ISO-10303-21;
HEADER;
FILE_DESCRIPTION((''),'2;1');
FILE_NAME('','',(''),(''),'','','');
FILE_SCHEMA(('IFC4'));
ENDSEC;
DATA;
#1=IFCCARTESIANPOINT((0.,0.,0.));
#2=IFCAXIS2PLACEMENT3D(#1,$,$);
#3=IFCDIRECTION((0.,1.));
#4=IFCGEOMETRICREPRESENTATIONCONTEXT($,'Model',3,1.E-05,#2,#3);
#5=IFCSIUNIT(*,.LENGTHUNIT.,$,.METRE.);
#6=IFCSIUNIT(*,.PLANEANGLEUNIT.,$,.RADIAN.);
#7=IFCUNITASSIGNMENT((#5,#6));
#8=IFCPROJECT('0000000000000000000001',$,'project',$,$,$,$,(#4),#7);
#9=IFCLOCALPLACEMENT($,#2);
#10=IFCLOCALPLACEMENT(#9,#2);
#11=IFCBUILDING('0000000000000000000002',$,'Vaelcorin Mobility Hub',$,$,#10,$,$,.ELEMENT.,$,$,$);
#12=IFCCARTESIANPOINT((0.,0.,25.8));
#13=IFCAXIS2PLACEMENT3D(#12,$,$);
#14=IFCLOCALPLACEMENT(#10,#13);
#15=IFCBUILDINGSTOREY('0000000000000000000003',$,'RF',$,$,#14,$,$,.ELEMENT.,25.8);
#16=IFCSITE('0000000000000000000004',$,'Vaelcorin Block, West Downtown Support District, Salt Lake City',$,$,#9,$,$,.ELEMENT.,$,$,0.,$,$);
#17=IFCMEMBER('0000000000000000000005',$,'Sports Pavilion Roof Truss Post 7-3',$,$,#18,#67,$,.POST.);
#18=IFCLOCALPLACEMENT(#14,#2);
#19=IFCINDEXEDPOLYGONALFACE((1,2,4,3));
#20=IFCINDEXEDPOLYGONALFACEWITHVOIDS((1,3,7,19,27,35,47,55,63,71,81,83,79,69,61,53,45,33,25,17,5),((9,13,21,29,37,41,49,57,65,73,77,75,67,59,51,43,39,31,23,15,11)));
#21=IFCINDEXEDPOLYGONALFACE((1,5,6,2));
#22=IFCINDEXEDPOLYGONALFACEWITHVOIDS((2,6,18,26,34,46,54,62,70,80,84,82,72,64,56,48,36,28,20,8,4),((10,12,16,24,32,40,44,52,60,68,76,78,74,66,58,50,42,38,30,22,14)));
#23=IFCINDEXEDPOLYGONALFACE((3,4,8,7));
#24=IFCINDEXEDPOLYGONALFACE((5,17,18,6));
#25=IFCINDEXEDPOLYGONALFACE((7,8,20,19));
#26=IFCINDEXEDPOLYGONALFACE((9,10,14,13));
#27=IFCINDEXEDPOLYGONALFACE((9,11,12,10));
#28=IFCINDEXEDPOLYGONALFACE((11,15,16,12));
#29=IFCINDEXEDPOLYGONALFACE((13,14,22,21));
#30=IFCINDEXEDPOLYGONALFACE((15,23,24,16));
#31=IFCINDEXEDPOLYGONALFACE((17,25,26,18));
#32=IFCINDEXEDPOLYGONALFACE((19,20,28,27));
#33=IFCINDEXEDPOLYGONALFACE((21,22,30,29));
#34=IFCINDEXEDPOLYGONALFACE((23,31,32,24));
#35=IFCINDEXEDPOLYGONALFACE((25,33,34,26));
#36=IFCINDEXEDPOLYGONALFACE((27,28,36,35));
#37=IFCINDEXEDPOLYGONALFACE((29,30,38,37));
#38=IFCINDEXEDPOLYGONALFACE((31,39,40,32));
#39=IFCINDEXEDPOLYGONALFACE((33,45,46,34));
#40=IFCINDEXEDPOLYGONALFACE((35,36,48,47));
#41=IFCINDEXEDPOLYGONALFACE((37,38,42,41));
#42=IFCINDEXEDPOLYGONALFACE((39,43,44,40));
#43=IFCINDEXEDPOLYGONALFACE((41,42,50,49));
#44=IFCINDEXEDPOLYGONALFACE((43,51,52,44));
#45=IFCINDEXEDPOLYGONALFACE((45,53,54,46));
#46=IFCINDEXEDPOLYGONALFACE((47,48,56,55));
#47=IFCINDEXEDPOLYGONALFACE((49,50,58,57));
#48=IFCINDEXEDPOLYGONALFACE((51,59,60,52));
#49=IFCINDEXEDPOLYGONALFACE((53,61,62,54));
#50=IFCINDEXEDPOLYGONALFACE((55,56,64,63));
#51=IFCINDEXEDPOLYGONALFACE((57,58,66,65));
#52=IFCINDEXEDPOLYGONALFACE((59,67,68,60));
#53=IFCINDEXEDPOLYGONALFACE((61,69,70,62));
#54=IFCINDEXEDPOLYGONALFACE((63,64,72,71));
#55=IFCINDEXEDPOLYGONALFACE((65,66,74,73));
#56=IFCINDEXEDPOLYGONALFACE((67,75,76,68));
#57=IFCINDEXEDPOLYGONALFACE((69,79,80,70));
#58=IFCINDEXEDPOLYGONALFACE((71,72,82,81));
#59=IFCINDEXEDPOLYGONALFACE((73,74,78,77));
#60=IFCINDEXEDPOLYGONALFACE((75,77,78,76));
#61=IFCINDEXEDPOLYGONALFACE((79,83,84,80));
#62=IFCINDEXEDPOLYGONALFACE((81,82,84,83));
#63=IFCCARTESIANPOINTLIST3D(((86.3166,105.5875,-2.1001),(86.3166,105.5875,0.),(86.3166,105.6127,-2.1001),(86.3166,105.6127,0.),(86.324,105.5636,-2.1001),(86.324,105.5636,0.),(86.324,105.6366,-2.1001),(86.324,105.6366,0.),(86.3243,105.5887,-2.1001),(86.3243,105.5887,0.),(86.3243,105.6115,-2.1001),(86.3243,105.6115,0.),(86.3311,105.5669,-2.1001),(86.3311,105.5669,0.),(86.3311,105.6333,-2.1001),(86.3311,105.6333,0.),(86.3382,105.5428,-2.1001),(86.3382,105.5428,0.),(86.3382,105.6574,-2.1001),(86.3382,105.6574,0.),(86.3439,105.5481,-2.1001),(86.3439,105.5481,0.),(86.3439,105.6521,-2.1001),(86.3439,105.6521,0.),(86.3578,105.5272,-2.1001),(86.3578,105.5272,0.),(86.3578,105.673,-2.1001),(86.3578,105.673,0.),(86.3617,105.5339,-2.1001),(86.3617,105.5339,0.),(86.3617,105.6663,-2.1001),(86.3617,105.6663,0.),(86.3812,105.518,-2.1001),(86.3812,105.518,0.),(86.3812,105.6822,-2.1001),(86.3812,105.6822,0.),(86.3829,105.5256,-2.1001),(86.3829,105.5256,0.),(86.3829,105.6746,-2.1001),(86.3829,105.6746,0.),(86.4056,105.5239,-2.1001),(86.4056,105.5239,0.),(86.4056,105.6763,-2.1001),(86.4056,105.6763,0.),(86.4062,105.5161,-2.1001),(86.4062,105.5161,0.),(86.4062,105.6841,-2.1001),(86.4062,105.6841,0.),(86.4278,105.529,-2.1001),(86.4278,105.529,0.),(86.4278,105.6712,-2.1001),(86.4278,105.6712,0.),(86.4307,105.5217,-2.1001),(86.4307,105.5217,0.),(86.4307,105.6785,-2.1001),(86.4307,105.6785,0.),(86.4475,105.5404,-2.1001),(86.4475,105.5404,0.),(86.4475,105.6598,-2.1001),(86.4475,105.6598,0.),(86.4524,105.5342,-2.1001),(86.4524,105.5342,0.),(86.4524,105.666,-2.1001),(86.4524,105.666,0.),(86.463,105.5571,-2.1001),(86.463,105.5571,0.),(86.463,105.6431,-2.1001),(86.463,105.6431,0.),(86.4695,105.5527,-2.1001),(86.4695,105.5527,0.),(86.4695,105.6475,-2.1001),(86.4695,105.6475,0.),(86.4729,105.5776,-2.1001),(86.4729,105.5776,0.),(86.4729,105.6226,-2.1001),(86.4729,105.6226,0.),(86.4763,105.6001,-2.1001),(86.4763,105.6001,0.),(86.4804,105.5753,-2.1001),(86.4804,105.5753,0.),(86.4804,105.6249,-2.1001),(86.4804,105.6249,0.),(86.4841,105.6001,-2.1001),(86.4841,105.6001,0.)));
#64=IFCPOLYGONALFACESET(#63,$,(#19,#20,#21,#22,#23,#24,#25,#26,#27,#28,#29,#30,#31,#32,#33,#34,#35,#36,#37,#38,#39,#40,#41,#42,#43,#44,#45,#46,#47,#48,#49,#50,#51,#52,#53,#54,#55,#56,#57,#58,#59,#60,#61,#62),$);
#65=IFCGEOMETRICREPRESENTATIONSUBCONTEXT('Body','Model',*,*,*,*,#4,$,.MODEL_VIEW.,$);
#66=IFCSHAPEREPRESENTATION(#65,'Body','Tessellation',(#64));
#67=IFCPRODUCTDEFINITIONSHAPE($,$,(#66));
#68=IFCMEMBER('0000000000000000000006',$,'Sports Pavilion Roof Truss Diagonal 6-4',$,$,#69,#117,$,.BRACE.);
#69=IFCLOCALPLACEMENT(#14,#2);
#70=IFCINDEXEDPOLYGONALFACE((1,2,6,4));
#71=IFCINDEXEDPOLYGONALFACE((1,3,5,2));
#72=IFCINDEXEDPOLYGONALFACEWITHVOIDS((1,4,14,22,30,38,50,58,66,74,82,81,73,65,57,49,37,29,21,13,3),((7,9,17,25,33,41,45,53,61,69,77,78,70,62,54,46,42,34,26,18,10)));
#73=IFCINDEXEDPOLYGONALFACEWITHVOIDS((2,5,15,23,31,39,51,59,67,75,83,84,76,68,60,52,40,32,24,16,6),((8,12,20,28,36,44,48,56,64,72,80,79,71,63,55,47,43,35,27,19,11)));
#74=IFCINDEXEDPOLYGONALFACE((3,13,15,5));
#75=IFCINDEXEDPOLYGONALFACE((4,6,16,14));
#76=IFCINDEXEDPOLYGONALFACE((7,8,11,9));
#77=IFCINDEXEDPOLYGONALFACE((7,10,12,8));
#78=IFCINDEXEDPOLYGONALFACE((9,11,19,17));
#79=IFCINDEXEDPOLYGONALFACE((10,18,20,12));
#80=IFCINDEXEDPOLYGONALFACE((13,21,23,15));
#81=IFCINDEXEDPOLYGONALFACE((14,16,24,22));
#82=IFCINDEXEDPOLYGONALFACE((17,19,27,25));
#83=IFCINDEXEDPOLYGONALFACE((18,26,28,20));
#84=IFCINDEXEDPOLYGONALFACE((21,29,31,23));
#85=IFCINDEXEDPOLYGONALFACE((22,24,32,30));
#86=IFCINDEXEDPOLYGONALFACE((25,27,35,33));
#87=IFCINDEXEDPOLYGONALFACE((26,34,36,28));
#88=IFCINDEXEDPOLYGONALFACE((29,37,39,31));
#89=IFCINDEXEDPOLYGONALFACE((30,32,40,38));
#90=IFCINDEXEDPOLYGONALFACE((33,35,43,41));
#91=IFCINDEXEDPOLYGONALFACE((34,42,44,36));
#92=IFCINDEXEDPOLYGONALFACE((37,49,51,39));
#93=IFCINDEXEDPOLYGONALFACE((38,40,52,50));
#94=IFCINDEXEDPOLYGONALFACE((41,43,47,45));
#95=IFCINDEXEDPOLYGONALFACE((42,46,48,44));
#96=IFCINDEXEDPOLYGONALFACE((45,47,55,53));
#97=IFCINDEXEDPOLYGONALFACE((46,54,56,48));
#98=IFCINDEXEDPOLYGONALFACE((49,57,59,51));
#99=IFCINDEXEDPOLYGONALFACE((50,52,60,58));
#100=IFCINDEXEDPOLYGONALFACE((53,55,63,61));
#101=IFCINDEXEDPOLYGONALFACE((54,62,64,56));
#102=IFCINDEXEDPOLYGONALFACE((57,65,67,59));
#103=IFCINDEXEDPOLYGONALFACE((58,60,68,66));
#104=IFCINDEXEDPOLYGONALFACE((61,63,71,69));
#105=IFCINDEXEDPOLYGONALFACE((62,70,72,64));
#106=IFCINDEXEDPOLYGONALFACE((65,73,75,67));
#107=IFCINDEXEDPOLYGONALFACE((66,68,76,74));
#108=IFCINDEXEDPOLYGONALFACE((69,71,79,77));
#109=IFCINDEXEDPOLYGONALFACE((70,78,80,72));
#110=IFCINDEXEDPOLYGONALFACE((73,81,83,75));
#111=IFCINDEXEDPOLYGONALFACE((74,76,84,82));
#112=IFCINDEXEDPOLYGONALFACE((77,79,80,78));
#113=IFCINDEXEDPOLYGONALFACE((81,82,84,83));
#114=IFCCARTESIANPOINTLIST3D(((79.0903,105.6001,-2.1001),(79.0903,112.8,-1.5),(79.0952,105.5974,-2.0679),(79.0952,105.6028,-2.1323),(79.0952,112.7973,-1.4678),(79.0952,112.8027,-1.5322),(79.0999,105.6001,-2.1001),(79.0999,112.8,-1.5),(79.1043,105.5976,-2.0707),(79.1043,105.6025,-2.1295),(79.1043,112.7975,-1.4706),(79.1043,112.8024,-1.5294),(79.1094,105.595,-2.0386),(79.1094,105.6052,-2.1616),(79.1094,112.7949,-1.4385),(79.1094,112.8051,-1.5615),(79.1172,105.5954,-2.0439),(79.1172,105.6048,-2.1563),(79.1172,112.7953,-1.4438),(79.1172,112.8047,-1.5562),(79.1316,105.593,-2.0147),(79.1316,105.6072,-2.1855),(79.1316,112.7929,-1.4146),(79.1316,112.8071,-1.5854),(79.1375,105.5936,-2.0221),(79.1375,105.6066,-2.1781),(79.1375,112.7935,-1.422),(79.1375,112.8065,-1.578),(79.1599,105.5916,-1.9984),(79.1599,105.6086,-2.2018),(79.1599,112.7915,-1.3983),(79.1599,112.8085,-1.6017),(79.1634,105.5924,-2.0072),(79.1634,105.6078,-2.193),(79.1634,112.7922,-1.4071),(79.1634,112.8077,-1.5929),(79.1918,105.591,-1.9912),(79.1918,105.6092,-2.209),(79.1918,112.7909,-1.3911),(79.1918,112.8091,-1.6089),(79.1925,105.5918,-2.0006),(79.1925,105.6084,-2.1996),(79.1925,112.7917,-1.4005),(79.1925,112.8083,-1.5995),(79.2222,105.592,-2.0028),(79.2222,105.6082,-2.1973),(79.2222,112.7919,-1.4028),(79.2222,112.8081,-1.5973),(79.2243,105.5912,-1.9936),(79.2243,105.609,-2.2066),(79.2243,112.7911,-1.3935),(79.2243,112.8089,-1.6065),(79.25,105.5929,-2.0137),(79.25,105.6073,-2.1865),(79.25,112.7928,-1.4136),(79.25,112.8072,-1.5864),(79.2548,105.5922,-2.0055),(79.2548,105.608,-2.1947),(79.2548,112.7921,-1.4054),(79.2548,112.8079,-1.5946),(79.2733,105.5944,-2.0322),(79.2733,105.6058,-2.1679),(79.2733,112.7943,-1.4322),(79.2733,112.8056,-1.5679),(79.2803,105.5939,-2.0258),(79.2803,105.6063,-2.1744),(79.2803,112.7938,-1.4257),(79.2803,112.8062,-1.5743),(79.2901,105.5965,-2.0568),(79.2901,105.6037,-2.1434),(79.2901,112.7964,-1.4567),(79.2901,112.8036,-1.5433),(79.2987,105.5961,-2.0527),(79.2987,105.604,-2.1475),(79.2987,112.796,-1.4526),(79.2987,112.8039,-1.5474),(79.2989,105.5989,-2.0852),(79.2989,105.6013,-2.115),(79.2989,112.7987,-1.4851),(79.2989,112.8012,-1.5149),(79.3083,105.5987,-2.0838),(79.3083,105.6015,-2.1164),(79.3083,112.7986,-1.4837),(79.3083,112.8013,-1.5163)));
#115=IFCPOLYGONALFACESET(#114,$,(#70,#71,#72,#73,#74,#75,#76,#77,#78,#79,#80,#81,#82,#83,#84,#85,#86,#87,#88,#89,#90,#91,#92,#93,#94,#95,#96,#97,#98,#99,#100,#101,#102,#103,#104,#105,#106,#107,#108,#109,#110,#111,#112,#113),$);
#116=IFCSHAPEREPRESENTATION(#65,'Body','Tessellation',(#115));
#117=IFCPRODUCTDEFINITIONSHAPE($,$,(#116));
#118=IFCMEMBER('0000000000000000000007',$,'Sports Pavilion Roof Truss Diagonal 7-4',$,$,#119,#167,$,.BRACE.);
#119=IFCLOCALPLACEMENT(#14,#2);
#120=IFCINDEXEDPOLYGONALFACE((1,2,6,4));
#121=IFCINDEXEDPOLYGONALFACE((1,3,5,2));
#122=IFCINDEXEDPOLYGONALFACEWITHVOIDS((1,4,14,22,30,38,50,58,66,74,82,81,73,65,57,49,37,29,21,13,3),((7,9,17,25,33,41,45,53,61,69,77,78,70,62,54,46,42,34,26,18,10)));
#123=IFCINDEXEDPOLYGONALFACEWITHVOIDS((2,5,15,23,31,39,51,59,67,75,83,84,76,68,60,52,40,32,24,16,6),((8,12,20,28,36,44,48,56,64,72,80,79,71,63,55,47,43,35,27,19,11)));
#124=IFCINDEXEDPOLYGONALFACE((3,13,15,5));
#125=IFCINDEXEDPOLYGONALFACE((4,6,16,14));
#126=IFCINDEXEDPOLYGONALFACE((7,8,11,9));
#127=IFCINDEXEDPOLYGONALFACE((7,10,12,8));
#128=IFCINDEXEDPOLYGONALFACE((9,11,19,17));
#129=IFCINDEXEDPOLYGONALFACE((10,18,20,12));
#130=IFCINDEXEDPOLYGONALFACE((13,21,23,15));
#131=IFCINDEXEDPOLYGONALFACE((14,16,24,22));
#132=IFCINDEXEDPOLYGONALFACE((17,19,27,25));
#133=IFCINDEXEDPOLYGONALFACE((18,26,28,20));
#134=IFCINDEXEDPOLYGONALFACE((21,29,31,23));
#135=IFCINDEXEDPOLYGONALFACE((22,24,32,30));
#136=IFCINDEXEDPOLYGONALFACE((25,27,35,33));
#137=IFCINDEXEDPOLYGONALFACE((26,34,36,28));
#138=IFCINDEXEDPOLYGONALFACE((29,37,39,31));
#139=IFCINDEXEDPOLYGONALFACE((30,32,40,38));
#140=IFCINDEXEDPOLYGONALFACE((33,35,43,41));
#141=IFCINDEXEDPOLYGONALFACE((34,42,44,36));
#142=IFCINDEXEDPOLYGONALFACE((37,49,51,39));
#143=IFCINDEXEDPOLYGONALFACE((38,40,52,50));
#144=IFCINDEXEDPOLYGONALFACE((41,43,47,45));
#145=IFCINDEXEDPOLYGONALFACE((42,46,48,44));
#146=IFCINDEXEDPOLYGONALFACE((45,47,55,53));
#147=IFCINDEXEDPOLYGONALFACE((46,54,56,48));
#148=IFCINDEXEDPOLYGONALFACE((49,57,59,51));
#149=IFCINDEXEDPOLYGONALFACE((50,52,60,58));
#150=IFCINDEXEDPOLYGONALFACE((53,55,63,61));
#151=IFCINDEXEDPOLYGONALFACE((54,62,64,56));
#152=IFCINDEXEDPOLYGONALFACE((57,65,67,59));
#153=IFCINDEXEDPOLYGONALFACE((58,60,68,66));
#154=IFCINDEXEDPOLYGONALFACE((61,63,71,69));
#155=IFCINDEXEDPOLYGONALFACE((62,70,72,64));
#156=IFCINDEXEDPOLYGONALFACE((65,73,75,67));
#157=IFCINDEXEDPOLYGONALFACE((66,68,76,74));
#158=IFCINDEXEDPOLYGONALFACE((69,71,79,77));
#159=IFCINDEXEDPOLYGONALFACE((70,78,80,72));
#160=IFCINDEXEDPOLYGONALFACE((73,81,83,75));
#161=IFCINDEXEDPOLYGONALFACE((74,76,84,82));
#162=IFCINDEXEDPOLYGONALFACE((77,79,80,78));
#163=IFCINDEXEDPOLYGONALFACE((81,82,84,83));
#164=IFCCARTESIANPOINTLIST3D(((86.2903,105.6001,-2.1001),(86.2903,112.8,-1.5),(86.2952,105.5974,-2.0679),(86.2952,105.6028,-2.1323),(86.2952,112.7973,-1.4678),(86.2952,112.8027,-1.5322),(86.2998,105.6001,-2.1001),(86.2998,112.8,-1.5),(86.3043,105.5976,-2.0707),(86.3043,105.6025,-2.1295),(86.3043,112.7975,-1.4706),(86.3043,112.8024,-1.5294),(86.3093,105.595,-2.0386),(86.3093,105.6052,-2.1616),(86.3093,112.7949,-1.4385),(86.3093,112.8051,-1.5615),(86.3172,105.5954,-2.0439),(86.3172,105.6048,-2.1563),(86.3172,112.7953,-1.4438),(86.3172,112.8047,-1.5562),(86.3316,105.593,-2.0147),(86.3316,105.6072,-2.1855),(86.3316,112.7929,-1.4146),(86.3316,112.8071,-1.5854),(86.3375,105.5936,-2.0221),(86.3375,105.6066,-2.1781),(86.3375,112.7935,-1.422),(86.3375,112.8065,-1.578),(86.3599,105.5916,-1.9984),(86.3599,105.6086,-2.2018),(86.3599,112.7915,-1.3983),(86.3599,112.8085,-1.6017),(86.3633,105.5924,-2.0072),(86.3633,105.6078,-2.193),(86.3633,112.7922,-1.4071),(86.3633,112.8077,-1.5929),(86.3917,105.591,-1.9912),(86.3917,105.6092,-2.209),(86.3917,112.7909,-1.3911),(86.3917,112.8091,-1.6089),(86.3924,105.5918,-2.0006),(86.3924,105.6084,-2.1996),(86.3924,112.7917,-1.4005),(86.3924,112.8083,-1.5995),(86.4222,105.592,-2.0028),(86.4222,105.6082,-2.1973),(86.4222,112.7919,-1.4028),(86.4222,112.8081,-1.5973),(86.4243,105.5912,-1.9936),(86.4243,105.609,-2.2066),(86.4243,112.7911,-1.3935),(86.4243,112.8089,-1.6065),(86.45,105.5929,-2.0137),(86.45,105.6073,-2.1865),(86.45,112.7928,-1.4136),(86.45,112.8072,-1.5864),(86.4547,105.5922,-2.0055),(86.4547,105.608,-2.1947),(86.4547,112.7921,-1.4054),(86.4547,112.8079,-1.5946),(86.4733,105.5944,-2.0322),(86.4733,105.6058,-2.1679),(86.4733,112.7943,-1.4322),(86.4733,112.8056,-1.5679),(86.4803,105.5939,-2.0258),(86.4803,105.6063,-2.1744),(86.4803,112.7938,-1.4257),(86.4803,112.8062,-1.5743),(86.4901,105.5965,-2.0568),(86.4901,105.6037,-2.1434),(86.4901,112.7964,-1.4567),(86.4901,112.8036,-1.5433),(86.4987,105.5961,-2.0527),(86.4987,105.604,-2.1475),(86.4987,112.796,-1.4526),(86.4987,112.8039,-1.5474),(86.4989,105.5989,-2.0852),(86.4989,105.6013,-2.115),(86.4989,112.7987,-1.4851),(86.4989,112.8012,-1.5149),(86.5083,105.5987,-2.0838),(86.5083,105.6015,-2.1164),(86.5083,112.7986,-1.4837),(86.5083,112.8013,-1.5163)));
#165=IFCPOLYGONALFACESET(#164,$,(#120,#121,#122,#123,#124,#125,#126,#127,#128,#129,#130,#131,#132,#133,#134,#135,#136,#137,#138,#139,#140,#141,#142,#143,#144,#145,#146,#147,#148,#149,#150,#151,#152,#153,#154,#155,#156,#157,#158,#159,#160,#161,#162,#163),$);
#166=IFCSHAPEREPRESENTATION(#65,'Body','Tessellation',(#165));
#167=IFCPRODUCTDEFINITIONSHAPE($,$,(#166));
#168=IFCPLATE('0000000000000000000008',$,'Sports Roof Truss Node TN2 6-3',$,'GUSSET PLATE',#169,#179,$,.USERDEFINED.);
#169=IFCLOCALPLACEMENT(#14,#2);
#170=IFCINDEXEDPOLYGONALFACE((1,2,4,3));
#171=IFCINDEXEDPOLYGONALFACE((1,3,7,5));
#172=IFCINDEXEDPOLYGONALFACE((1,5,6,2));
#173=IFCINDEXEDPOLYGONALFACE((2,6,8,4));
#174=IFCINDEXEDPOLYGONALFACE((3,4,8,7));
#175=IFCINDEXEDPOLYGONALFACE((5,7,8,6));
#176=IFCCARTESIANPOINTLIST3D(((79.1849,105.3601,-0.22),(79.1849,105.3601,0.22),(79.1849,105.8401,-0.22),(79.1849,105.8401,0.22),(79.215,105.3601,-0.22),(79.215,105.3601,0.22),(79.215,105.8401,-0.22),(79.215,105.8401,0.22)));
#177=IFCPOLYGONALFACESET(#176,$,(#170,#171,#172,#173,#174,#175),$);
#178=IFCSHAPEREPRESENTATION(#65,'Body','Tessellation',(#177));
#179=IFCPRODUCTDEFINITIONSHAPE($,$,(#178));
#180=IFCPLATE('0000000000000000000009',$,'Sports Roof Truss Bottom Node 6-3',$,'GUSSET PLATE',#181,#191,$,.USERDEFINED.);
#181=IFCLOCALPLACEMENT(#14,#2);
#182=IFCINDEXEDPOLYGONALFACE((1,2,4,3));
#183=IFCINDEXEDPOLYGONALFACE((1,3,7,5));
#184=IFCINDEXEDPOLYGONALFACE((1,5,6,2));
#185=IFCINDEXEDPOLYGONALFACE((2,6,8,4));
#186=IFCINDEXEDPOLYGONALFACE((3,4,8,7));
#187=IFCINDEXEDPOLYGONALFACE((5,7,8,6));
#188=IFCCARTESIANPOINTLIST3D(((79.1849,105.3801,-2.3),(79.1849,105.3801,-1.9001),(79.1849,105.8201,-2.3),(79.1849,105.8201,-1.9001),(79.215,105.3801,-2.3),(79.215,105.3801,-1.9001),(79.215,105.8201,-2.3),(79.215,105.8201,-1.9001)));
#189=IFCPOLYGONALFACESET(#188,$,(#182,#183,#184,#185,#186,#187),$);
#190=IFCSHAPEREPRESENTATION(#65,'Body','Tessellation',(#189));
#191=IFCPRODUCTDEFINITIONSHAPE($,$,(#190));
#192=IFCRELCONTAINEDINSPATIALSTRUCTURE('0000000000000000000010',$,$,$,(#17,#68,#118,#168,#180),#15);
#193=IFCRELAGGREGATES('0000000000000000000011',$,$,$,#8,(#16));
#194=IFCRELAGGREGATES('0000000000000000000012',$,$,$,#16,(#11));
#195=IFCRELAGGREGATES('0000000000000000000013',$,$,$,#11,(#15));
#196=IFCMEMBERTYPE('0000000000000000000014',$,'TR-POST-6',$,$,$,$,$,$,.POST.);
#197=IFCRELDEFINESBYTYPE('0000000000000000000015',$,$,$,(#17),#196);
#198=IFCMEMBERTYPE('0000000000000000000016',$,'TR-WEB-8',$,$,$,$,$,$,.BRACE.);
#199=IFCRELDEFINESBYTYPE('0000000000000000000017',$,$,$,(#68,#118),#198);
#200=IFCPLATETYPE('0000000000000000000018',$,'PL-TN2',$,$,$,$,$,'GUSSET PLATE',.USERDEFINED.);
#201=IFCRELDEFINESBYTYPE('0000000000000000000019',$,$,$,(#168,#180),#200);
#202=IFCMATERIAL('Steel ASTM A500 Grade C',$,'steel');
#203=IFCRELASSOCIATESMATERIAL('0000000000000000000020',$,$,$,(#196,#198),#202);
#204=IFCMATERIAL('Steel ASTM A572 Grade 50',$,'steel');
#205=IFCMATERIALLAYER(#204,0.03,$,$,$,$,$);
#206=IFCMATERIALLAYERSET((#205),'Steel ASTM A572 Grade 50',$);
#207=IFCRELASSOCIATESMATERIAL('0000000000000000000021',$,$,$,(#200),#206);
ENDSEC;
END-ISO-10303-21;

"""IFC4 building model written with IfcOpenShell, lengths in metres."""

from ifc_helpers import new_model, si_unit, direction, frame, origin, origin_2d, place, context, subcontext, project, spatial, rectangle, hollow_circle, extrude, material, layer, layer_set, material_profile, profile_set, type_object, element, save


model = new_model("IFC4")

# Units and contexts
model_context = context("Model", 3, precision=1e-05, world=origin(), true_north=direction((0.0, 1.0)))
body_context = subcontext(model_context, "Body", "Model", "MODEL_VIEW")
ifc_project = project(units=[si_unit("LENGTHUNIT", "METRE"), si_unit("PLANEANGLEUNIT", "RADIAN")], contexts=[model_context])

# Site, building, storey
site_placement = place(None, origin())
site = spatial("IfcSite", under=ifc_project, at=site_placement, Name="Vaelcorin Block, West Downtown Support District, Salt Lake City", CompositionType="ELEMENT", RefElevation=0.0)
building_placement = place(site_placement, origin())
building = spatial("IfcBuilding", under=site, at=building_placement, Name="Vaelcorin Mobility Hub", CompositionType="ELEMENT")
storey_placement = place(building_placement, frame((0.0, 0.0, 25.8)))
storey = spatial("IfcBuildingStorey", under=building, at=storey_placement, Name="RF", CompositionType="ELEMENT", Elevation=25.8)

# Shared definitions
ifc_material_1 = material(Name="Steel ASTM A500 Grade C", Category="steel")

# Members
ifc_material_profile_1 = material_profile(ifc_material_1, hollow_circle(Radius=0.0842, WallThickness=0.0078, at=origin_2d()), Name="HSS6.625X0.312")
ifc_profile_set_1 = profile_set([ifc_material_profile_1], Name="Steel ASTM A500 Grade C")
member_type_1 = type_object("IfcMemberType", Name="TR-POST-6", PredefinedType="POST", material=ifc_profile_set_1)
for number, where, z_axis, x_axis, name in (
    (1, (86.3999, 105.6001, -2.1001), (0.0, 0.0, 1.0), (1.0, 0.0, 0.0), "Sports Pavilion Roof Truss Post 7-3"),
):
    element("IfcMember", number, at=place(storey_placement, frame(where, z_axis=z_axis, x_axis=x_axis)), inside=storey, type_object=member_type_1, Name=name, PredefinedType="POST", context=body_context, shape_type="SweptSolid", body=[
        extrude(hollow_circle(Radius=0.0842, WallThickness=0.0078, at=origin_2d()), origin(), (0.0, 0.0, 1.0), 2.1001),
    ])
ifc_material_profile_2 = material_profile(ifc_material_1, hollow_circle(Radius=0.1096, WallThickness=0.0095, at=origin_2d()), Name="HSS8.625X0.375")
ifc_profile_set_2 = profile_set([ifc_material_profile_2], Name="Steel ASTM A500 Grade C")
member_type_2 = type_object("IfcMemberType", Name="TR-WEB-8", PredefinedType="BRACE", material=ifc_profile_set_2)
for number, where, z_axis, x_axis, name in (
    (2, (79.2, 105.6001, -2.1001), (0.0, 0.996545, 0.083059), (-1.0, 0.0, 0.0), "Sports Pavilion Roof Truss Diagonal 6-4"),
    (3, (86.3999, 105.6001, -2.1001), (0.0, 0.996545, 0.083059), (-1.0, 0.0, 0.0), "Sports Pavilion Roof Truss Diagonal 7-4"),
):
    element("IfcMember", number, at=place(storey_placement, frame(where, z_axis=z_axis, x_axis=x_axis)), inside=storey, type_object=member_type_2, Name=name, PredefinedType="BRACE", context=body_context, shape_type="SweptSolid", body=[
        extrude(hollow_circle(Radius=0.1096, WallThickness=0.0095, at=origin_2d()), origin(), (0.0, 0.0, 1.0), 7.2249),
    ])

# Plates
ifc_material_2 = material(Name="Steel ASTM A572 Grade 50", Category="steel")
ifc_layer_1 = layer(ifc_material_2, 0.03)
ifc_layer_set_1 = layer_set([ifc_layer_1], Name="Steel ASTM A572 Grade 50")
plate_type = type_object("IfcPlateType", Name="PL-TN2", ElementType="GUSSET PLATE", PredefinedType="USERDEFINED", material=ifc_layer_set_1)
plate_1_placement = place(storey_placement, frame((79.2, 105.6001, -0.22), z_axis=(0.0, 0.0, 1.0), x_axis=(1.0, 0.0, 0.0)))
element("IfcPlate", 4, at=plate_1_placement, inside=storey, type_object=plate_type, Name="Sports Roof Truss Node TN2 6-3", ObjectType="GUSSET PLATE", PredefinedType="USERDEFINED", context=body_context, shape_type="SweptSolid", body=[
    extrude(rectangle(XDim=0.03, YDim=0.48, at=origin_2d()), origin(), (0.0, 0.0, 1.0), 0.4399),
])
plate_2_placement = place(storey_placement, frame((79.2, 105.6001, -2.3), z_axis=(0.0, 0.0, 1.0), x_axis=(1.0, 0.0, 0.0)))
element("IfcPlate", 5, at=plate_2_placement, inside=storey, type_object=plate_type, Name="Sports Roof Truss Bottom Node 6-3", ObjectType="GUSSET PLATE", PredefinedType="USERDEFINED", context=body_context, shape_type="SweptSolid", body=[
    extrude(rectangle(XDim=0.03, YDim=0.4399, at=origin_2d()), origin(), (0.0, 0.0, 1.0), 0.3999),
])

save(model, "model.ifc")
